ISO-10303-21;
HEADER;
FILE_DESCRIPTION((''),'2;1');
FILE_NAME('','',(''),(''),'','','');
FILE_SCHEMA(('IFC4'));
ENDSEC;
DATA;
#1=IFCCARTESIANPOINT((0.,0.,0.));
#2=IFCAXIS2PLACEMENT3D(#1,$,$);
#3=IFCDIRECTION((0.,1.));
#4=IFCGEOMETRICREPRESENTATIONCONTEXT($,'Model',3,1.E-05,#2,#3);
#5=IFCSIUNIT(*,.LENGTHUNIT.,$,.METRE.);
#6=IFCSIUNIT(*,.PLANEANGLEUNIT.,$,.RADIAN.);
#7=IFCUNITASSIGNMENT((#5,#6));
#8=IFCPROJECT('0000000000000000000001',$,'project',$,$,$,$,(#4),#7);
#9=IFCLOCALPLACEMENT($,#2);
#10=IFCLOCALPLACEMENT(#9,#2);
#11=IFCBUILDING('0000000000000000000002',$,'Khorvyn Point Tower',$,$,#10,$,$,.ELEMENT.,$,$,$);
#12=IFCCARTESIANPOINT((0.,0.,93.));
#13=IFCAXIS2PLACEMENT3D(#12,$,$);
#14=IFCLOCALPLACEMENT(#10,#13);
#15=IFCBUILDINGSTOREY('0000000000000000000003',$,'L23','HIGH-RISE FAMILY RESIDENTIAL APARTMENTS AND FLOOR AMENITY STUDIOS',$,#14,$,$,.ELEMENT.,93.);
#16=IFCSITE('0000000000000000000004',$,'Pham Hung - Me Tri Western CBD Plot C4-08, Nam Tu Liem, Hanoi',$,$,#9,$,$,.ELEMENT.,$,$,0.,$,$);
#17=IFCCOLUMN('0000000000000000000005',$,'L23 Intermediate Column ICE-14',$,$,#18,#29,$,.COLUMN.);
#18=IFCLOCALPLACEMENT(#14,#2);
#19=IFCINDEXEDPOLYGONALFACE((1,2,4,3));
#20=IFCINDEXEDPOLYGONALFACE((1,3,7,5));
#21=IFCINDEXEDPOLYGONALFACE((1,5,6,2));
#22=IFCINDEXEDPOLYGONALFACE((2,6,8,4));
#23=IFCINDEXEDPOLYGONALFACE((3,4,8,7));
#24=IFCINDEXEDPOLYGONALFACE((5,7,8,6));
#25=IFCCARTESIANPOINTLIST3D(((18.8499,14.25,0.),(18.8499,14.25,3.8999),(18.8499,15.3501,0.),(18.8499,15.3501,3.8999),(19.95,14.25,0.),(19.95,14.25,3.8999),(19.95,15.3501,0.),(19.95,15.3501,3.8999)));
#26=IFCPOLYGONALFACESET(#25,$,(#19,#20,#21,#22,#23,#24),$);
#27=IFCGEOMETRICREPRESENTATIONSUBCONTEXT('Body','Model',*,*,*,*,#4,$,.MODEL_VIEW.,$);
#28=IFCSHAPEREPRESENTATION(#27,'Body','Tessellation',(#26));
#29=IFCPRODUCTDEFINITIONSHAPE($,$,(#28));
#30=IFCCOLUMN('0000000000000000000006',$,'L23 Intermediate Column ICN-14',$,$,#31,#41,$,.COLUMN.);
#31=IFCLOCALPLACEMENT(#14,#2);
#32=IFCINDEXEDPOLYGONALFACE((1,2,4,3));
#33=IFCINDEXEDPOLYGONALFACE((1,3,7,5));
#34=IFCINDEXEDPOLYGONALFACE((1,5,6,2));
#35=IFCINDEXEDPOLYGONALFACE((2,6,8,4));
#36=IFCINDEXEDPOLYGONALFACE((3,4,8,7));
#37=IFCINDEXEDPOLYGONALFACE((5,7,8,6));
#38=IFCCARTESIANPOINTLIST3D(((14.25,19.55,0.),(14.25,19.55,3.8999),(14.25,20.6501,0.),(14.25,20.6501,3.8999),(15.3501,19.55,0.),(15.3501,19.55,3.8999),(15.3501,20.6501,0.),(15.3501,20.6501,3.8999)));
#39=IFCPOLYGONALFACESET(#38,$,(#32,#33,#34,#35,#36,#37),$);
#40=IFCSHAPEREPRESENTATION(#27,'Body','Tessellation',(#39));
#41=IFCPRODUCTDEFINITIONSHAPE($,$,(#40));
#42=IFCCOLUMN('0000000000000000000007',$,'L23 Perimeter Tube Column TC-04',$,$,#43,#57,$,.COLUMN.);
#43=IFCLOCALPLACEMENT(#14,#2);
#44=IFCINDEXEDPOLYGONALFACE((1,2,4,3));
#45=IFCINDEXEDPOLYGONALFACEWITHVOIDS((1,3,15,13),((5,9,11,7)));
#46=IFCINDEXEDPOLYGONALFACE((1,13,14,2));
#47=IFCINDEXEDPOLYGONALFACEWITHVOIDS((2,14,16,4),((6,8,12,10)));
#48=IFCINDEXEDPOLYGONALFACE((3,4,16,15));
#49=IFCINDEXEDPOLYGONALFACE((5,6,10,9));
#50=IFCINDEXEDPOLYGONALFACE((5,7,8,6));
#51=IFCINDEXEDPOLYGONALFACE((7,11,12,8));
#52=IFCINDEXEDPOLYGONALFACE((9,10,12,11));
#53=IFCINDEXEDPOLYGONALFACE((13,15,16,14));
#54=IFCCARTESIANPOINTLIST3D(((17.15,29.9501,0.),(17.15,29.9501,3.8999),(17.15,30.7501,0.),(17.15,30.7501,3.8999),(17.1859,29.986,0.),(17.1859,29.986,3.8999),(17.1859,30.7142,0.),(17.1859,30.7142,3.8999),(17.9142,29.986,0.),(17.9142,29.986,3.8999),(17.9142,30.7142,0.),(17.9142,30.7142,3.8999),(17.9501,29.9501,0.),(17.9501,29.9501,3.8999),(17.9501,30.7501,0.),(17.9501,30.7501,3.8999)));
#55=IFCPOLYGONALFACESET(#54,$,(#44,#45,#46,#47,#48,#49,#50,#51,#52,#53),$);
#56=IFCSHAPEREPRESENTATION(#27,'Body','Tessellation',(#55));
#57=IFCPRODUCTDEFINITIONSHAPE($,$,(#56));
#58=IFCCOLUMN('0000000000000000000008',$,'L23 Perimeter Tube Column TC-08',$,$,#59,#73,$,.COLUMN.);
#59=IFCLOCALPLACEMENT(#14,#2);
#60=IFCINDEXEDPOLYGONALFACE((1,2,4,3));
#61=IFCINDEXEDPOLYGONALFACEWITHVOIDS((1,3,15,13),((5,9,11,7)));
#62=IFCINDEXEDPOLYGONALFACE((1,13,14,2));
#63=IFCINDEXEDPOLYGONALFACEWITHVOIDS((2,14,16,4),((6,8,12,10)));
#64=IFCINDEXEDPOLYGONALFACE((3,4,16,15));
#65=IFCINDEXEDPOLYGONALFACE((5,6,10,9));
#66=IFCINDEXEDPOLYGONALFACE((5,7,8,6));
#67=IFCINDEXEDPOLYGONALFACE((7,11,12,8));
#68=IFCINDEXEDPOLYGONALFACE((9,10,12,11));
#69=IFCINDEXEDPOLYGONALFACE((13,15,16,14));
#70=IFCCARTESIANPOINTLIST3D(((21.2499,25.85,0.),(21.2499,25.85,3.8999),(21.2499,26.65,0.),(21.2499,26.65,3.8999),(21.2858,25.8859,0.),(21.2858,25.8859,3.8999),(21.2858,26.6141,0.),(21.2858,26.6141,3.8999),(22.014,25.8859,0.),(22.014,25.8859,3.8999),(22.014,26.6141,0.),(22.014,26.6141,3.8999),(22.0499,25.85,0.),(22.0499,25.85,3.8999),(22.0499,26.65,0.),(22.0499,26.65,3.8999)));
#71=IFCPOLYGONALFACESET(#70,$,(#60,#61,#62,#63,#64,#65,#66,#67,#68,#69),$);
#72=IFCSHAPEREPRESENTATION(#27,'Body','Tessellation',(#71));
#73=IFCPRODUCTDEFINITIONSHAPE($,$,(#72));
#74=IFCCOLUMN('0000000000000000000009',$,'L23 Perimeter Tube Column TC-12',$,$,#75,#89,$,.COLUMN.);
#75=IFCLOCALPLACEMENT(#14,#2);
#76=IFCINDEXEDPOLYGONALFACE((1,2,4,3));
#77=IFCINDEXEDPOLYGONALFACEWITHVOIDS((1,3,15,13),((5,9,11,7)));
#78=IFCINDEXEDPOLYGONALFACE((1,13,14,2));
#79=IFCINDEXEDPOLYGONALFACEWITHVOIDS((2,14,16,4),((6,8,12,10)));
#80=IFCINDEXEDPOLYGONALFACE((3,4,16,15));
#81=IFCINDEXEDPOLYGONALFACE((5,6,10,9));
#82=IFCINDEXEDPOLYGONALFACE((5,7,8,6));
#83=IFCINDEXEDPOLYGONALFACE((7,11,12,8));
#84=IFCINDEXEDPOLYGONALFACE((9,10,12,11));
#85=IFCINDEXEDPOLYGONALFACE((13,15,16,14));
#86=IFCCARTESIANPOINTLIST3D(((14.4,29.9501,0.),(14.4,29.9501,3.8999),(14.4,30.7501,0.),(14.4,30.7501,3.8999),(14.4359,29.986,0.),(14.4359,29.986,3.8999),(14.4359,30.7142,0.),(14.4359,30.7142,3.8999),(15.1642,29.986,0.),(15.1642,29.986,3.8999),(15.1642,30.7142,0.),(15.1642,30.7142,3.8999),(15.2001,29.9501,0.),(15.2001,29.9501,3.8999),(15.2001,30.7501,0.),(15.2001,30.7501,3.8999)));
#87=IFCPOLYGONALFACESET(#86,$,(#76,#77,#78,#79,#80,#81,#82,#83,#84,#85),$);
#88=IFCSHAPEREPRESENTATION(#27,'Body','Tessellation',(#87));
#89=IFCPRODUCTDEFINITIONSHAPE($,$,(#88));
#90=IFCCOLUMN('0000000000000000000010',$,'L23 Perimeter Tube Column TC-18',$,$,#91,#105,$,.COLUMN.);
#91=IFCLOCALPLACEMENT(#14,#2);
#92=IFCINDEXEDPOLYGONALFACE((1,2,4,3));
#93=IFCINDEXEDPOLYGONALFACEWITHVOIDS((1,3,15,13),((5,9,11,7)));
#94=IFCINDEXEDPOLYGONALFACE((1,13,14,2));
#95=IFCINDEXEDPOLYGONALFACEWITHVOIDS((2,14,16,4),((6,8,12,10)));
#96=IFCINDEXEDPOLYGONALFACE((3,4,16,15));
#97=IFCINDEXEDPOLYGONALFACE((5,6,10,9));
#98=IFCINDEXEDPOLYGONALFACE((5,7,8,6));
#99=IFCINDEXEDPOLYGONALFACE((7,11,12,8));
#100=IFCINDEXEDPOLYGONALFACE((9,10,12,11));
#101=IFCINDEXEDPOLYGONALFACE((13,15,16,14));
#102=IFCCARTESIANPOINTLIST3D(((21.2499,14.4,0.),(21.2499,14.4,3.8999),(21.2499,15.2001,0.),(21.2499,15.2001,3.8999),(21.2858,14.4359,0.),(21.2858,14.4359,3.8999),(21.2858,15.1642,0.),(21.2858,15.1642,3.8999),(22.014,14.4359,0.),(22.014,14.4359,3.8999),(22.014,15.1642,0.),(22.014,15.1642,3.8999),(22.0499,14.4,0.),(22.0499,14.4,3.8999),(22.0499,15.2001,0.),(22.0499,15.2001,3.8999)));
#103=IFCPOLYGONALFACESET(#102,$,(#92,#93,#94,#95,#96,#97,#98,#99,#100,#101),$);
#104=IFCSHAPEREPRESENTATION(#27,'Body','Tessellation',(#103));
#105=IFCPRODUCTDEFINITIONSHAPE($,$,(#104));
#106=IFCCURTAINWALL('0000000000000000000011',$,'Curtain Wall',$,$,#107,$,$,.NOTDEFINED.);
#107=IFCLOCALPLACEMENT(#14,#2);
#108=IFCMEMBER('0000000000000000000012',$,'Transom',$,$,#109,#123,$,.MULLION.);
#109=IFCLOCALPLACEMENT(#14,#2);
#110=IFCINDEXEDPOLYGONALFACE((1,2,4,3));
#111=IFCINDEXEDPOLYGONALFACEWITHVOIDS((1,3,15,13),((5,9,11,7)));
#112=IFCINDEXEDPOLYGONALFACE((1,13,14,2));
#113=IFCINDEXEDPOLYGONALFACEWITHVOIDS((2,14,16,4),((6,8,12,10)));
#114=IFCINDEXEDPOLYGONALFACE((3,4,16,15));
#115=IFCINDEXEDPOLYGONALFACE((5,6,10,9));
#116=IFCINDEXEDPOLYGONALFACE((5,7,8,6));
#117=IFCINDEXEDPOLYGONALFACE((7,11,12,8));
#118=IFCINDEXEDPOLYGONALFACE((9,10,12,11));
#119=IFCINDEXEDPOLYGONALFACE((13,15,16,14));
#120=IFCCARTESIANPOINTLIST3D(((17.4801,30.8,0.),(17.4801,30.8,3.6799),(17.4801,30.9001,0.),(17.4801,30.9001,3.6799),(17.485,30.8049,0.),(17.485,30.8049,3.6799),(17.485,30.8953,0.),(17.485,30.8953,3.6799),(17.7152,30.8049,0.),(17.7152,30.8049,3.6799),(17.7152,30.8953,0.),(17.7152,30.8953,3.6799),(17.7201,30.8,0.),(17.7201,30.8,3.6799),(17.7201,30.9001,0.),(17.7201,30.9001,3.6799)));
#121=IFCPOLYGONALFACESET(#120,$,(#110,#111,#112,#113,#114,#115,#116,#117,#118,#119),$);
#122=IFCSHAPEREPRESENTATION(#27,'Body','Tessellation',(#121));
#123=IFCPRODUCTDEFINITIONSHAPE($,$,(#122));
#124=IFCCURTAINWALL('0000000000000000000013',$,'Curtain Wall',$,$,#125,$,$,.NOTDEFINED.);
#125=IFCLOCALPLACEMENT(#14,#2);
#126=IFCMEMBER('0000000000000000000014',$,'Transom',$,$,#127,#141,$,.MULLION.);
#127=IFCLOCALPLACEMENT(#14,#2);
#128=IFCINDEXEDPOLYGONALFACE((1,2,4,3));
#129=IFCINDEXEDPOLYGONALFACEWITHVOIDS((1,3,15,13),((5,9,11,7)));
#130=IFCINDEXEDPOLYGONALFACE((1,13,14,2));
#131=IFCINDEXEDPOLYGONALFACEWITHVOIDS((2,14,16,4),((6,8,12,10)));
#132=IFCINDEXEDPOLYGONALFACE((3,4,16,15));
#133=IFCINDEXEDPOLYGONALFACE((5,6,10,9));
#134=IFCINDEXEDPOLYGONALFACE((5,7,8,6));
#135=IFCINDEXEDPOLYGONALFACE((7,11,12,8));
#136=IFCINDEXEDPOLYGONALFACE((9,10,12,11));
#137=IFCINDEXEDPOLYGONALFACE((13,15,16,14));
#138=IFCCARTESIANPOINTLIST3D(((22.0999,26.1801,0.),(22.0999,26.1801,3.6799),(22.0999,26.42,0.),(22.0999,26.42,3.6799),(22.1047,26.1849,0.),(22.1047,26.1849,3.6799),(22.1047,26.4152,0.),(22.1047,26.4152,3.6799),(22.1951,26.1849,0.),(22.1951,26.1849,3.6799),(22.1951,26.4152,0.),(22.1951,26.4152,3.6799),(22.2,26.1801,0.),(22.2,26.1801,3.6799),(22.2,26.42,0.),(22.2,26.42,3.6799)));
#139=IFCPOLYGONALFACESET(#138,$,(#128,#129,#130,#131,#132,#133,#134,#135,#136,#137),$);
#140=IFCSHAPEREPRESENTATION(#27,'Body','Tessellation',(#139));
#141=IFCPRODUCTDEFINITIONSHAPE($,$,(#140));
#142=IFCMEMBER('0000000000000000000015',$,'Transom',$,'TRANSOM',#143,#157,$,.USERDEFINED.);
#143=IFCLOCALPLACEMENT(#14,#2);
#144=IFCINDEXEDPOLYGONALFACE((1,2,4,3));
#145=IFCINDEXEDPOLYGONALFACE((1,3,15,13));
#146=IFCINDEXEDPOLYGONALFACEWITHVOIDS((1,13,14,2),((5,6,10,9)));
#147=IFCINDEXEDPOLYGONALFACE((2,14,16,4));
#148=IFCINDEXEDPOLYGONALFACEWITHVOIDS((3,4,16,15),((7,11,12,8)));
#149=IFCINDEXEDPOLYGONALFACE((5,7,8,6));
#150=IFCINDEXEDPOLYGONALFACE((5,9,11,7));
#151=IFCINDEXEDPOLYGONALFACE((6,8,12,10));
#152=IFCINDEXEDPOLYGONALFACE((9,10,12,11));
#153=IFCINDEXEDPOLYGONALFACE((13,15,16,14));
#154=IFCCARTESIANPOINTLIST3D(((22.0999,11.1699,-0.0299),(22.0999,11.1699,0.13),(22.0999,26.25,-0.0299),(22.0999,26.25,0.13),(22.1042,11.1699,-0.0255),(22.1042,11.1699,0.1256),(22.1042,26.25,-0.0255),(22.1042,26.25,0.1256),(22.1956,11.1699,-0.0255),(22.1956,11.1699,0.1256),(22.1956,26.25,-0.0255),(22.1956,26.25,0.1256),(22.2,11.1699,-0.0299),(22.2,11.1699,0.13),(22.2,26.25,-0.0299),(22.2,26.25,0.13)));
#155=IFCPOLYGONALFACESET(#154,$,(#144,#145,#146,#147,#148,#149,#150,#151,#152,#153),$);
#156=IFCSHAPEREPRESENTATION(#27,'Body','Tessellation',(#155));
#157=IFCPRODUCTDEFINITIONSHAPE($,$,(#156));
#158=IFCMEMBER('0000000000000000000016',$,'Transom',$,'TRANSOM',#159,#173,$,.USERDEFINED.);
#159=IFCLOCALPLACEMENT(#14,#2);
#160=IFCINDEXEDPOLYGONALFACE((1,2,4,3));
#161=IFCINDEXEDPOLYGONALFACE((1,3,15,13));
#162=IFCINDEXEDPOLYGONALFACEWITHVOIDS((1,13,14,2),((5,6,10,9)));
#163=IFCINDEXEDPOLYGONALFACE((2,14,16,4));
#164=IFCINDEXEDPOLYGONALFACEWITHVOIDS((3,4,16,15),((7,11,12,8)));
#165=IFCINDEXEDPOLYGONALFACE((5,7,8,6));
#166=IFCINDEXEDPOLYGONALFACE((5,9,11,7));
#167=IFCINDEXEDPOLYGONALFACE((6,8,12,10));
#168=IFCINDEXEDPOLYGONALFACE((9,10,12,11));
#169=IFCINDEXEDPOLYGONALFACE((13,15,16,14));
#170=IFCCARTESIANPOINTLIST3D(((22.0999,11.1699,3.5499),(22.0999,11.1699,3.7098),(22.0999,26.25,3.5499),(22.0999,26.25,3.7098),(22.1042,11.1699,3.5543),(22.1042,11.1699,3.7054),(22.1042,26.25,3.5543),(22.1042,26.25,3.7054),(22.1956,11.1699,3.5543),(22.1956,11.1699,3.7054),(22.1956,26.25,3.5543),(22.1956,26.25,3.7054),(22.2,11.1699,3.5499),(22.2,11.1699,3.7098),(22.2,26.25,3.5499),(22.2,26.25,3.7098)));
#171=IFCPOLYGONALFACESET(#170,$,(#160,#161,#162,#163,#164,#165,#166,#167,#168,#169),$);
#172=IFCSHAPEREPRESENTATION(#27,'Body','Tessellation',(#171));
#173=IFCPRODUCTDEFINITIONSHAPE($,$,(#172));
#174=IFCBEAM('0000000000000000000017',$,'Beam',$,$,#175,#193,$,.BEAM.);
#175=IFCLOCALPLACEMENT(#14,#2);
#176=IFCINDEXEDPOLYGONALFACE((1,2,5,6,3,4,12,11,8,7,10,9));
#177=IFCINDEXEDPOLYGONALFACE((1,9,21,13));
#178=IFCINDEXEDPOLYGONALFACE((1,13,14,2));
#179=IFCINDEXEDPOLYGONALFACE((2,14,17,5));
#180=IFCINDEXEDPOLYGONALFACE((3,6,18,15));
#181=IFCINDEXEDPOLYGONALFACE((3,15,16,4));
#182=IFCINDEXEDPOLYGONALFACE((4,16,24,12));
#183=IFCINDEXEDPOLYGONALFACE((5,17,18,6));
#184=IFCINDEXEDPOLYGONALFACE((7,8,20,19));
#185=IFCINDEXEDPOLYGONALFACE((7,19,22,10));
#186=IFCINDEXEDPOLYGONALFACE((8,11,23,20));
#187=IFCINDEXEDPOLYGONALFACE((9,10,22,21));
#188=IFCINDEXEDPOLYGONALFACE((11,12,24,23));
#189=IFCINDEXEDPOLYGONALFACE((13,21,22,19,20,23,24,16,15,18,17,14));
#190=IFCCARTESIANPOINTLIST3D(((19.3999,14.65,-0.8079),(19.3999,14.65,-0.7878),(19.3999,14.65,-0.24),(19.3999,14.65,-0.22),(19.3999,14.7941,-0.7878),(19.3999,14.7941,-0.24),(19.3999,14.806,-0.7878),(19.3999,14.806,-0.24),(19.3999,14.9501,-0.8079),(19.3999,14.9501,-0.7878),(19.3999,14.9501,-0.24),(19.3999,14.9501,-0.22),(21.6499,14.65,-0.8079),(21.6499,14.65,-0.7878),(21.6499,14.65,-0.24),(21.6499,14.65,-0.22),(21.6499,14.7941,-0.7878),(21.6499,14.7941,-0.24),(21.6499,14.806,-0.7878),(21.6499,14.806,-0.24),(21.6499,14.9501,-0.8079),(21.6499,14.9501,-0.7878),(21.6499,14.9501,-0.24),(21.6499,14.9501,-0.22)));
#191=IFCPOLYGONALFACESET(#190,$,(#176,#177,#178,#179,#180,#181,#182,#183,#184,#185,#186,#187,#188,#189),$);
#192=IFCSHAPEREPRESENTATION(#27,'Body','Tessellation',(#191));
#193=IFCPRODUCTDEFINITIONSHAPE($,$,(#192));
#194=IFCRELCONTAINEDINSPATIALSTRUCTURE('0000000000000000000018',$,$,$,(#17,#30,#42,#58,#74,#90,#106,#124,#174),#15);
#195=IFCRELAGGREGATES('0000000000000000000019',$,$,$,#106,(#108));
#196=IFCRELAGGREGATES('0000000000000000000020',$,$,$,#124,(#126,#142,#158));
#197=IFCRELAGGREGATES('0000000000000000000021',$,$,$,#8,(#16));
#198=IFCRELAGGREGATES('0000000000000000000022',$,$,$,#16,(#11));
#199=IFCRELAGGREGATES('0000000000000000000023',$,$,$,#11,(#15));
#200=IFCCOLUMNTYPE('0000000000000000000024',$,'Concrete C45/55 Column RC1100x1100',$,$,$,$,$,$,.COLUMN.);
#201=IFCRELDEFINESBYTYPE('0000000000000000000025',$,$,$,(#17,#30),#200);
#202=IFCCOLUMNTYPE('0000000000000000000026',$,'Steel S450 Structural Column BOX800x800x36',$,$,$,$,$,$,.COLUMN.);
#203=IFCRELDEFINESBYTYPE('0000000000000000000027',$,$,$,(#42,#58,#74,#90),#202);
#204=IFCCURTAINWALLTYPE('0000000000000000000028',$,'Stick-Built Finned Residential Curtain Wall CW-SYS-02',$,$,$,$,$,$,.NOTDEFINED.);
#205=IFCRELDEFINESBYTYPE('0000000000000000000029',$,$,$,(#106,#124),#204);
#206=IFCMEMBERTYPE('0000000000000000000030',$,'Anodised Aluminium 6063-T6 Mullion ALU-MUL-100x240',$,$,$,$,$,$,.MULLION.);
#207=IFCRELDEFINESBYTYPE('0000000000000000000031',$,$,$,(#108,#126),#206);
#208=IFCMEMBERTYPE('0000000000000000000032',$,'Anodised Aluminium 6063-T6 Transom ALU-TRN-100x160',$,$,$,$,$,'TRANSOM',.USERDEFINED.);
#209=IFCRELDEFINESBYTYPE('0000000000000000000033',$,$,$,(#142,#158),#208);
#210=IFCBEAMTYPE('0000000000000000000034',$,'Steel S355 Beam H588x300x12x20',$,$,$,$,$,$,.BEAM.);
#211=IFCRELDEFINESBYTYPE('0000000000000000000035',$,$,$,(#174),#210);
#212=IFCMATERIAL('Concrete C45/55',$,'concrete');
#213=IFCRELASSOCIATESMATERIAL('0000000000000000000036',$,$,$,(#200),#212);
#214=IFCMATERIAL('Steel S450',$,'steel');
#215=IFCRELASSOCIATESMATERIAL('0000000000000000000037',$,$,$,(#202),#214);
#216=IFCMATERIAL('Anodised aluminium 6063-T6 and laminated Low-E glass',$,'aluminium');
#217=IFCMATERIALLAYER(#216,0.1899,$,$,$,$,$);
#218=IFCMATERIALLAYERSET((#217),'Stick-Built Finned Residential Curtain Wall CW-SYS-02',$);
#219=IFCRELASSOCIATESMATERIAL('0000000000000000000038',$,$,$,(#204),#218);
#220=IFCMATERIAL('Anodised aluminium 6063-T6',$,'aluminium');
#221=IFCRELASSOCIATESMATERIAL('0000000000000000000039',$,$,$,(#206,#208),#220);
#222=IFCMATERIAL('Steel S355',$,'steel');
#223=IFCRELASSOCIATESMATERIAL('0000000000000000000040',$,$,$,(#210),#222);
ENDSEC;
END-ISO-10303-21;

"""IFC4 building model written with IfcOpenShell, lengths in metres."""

from ifc_helpers import new_model, si_unit, direction, frame, origin, origin_2d, place, context, subcontext, project, spatial, rectangle, hollow_rectangle, i_section, extrude, material, layer, layer_set, material_profile, profile_set, type_object, element, aggregate, save


model = new_model("IFC4")

# Units and contexts
model_context = context("Model", 3, precision=1e-05, world=origin(), true_north=direction((0.0, 1.0)))
body_context = subcontext(model_context, "Body", "Model", "MODEL_VIEW")
ifc_project = project(units=[si_unit("LENGTHUNIT", "METRE"), si_unit("PLANEANGLEUNIT", "RADIAN")], contexts=[model_context])

# Site, building, storey
site_placement = place(None, origin())
site = spatial("IfcSite", under=ifc_project, at=site_placement, Name="Pham Hung - Me Tri Western CBD Plot C4-08, Nam Tu Liem, Hanoi", CompositionType="ELEMENT", RefElevation=0.0)
building_placement = place(site_placement, origin())
building = spatial("IfcBuilding", under=site, at=building_placement, Name="Khorvyn Point Tower", CompositionType="ELEMENT")
storey_placement = place(building_placement, frame((0.0, 0.0, 93.0)))
storey = spatial("IfcBuildingStorey", under=building, at=storey_placement, Name="L23", Description="HIGH-RISE FAMILY RESIDENTIAL APARTMENTS AND FLOOR AMENITY STUDIOS", CompositionType="ELEMENT", Elevation=93.0)

# Columns
ifc_material_1 = material(Name="Concrete C45/55", Category="concrete")
ifc_material_profile_1 = material_profile(ifc_material_1, rectangle(XDim=1.1001, YDim=1.1001, at=origin_2d()))
ifc_profile_set_1 = profile_set([ifc_material_profile_1], Name="Concrete C45/55 RC1100x1100")
column_type_1 = type_object("IfcColumnType", Name="Concrete C45/55 Column RC1100x1100", PredefinedType="COLUMN", material=ifc_profile_set_1)
for number, where, z_axis, x_axis, name in (
    (1, (19.3999, 14.8, 0.0), (0.0, 0.0, 1.0), (1.0, 0.0, 0.0), "L23 Intermediate Column ICE-14"),
    (2, (14.8, 20.1001, 0.0), (0.0, 0.0, 1.0), (1.0, 0.0, 0.0), "L23 Intermediate Column ICN-14"),
):
    element("IfcColumn", number, at=place(storey_placement, frame(where, z_axis=z_axis, x_axis=x_axis)), inside=storey, type_object=column_type_1, Name=name, PredefinedType="COLUMN", context=body_context, shape_type="SweptSolid", body=[
        extrude(rectangle(XDim=1.1001, YDim=1.1001, at=origin_2d()), origin(), (0.0, 0.0, 1.0), 3.8999),
    ])
ifc_material_2 = material(Name="Steel S450", Category="steel")
ifc_material_profile_2 = material_profile(ifc_material_2, hollow_rectangle(XDim=0.8, YDim=0.8, WallThickness=0.0359, at=origin_2d()))
ifc_profile_set_2 = profile_set([ifc_material_profile_2], Name="Steel S450 BOX800x800x36")
column_type_2 = type_object("IfcColumnType", Name="Steel S450 Structural Column BOX800x800x36", PredefinedType="COLUMN", material=ifc_profile_set_2)
for number, where, z_axis, x_axis, name in (
    (3, (17.55, 30.3501, 0.0), (0.0, 0.0, 1.0), (1.0, 0.0, 0.0), "L23 Perimeter Tube Column TC-04"),
    (4, (21.6499, 26.25, 0.0), (0.0, 0.0, 1.0), (1.0, 0.0, 0.0), "L23 Perimeter Tube Column TC-08"),
    (5, (14.8, 30.3501, 0.0), (0.0, 0.0, 1.0), (1.0, 0.0, 0.0), "L23 Perimeter Tube Column TC-12"),
    (6, (21.6499, 14.8, 0.0), (0.0, 0.0, 1.0), (1.0, 0.0, 0.0), "L23 Perimeter Tube Column TC-18"),
):
    element("IfcColumn", number, at=place(storey_placement, frame(where, z_axis=z_axis, x_axis=x_axis)), inside=storey, type_object=column_type_2, Name=name, PredefinedType="COLUMN", context=body_context, shape_type="SweptSolid", body=[
        extrude(hollow_rectangle(XDim=0.8, YDim=0.8, WallThickness=0.0359, at=origin_2d()), origin(), (0.0, 0.0, 1.0), 3.8999),
    ])

# Curtain wall, member
ifc_material_3 = material(Name="Anodised aluminium 6063-T6 and laminated Low-E glass", Category="aluminium")
ifc_layer_1 = layer(ifc_material_3, 0.1899)
ifc_layer_set_1 = layer_set([ifc_layer_1], Name="Stick-Built Finned Residential Curtain Wall CW-SYS-02")
curtain_wall_type = type_object("IfcCurtainWallType", Name="Stick-Built Finned Residential Curtain Wall CW-SYS-02", PredefinedType="NOTDEFINED", material=ifc_layer_set_1)
curtain_wall_1_placement = place(storey_placement, origin())
curtain_wall_1 = element("IfcCurtainWall", 7, at=curtain_wall_1_placement, inside=storey, type_object=curtain_wall_type, Name="Curtain Wall", PredefinedType="NOTDEFINED")
ifc_material_4 = material(Name="Anodised aluminium 6063-T6", Category="aluminium")
ifc_material_profile_3 = material_profile(ifc_material_4, hollow_rectangle(XDim=0.1001, YDim=0.24, WallThickness=0.0049, at=origin_2d()))
ifc_profile_set_3 = profile_set([ifc_material_profile_3], Name="Anodised aluminium 6063-T6 ALU-MUL-100x240")
member_type_1 = type_object("IfcMemberType", Name="Anodised Aluminium 6063-T6 Mullion ALU-MUL-100x240", PredefinedType="MULLION", material=ifc_profile_set_3)
member_1_placement = place(storey_placement, frame((17.6001, 30.8501, 0.0), z_axis=(0.0, 0.0, 1.0), x_axis=(0.0, 1.0, 0.0)))
member_1 = element("IfcMember", 8, at=member_1_placement, type_object=member_type_1, Name="Transom", PredefinedType="MULLION", context=body_context, shape_type="SweptSolid", body=[
    extrude(hollow_rectangle(XDim=0.1001, YDim=0.24, WallThickness=0.0049, at=origin_2d()), origin(), (0.0, 0.0, 1.0), 3.6799),
])

# Curtain wall, members
curtain_wall_2_placement = place(storey_placement, origin())
curtain_wall_2 = element("IfcCurtainWall", 9, at=curtain_wall_2_placement, inside=storey, type_object=curtain_wall_type, Name="Curtain Wall", PredefinedType="NOTDEFINED")
member_2_placement = place(storey_placement, frame((22.1499, 26.3, 0.0), z_axis=(0.0, 0.0, 1.0), x_axis=(1.0, 0.0, 0.0)))
member_2 = element("IfcMember", 10, at=member_2_placement, type_object=member_type_1, Name="Transom", PredefinedType="MULLION", context=body_context, shape_type="SweptSolid", body=[
    extrude(hollow_rectangle(XDim=0.1001, YDim=0.24, WallThickness=0.0049, at=origin_2d()), origin(), (0.0, 0.0, 1.0), 3.6799),
])
ifc_material_profile_4 = material_profile(ifc_material_4, hollow_rectangle(XDim=0.1001, YDim=0.1599, WallThickness=0.0044, at=origin_2d()))
ifc_profile_set_4 = profile_set([ifc_material_profile_4], Name="Anodised aluminium 6063-T6 ALU-TRN-100x160")
member_type_2 = type_object("IfcMemberType", Name="Anodised Aluminium 6063-T6 Transom ALU-TRN-100x160", ElementType="TRANSOM", PredefinedType="USERDEFINED", material=ifc_profile_set_4)
member_3_placement = place(storey_placement, frame((22.1499, 26.25, 0.05), z_axis=(0.0, -1.0, 0.0), x_axis=(1.0, 0.0, 0.0)))
member_3 = element("IfcMember", 11, at=member_3_placement, type_object=member_type_2, Name="Transom", ObjectType="TRANSOM", PredefinedType="USERDEFINED", context=body_context, shape_type="SweptSolid", body=[
    extrude(hollow_rectangle(XDim=0.1001, YDim=0.1599, WallThickness=0.0044, at=origin_2d()), origin(), (0.0, 0.0, 1.0), 15.0801),
])
member_4_placement = place(storey_placement, frame((22.1499, 26.25, 3.6299), z_axis=(0.0, -1.0, 0.0), x_axis=(1.0, 0.0, 0.0)))
member_4 = element("IfcMember", 12, at=member_4_placement, type_object=member_type_2, Name="Transom", ObjectType="TRANSOM", PredefinedType="USERDEFINED", context=body_context, shape_type="SweptSolid", body=[
    extrude(hollow_rectangle(XDim=0.1001, YDim=0.1599, WallThickness=0.0044, at=origin_2d()), origin(), (0.0, 0.0, 1.0), 15.0801),
])

# Beam
ifc_material_5 = material(Name="Steel S355", Category="steel")
ifc_material_profile_5 = material_profile(ifc_material_5, i_section(OverallWidth=0.3, OverallDepth=0.5879, WebThickness=0.012, FlangeThickness=0.02, at=origin_2d()))
ifc_profile_set_5 = profile_set([ifc_material_profile_5], Name="Steel S355 H588x300x12x20")
beam_type_1 = type_object("IfcBeamType", Name="Steel S355 Beam H588x300x12x20", PredefinedType="BEAM", material=ifc_profile_set_5)
beam_1_placement = place(storey_placement, frame((19.3999, 14.8, -0.5139), z_axis=(1.0, 0.0, 0.0), x_axis=(0.0, 1.0, 0.0)))
element("IfcBeam", 13, at=beam_1_placement, inside=storey, type_object=beam_type_1, Name="Beam", PredefinedType="BEAM", context=body_context, shape_type="SweptSolid", body=[
    extrude(i_section(OverallWidth=0.3, OverallDepth=0.5879, WebThickness=0.012, FlangeThickness=0.02, at=origin_2d()), origin(), (0.0, 0.0, 1.0), 2.25),
])

aggregate(curtain_wall_1, [member_1])
aggregate(curtain_wall_2, [member_2, member_3, member_4])

save(model, "model.ifc")
